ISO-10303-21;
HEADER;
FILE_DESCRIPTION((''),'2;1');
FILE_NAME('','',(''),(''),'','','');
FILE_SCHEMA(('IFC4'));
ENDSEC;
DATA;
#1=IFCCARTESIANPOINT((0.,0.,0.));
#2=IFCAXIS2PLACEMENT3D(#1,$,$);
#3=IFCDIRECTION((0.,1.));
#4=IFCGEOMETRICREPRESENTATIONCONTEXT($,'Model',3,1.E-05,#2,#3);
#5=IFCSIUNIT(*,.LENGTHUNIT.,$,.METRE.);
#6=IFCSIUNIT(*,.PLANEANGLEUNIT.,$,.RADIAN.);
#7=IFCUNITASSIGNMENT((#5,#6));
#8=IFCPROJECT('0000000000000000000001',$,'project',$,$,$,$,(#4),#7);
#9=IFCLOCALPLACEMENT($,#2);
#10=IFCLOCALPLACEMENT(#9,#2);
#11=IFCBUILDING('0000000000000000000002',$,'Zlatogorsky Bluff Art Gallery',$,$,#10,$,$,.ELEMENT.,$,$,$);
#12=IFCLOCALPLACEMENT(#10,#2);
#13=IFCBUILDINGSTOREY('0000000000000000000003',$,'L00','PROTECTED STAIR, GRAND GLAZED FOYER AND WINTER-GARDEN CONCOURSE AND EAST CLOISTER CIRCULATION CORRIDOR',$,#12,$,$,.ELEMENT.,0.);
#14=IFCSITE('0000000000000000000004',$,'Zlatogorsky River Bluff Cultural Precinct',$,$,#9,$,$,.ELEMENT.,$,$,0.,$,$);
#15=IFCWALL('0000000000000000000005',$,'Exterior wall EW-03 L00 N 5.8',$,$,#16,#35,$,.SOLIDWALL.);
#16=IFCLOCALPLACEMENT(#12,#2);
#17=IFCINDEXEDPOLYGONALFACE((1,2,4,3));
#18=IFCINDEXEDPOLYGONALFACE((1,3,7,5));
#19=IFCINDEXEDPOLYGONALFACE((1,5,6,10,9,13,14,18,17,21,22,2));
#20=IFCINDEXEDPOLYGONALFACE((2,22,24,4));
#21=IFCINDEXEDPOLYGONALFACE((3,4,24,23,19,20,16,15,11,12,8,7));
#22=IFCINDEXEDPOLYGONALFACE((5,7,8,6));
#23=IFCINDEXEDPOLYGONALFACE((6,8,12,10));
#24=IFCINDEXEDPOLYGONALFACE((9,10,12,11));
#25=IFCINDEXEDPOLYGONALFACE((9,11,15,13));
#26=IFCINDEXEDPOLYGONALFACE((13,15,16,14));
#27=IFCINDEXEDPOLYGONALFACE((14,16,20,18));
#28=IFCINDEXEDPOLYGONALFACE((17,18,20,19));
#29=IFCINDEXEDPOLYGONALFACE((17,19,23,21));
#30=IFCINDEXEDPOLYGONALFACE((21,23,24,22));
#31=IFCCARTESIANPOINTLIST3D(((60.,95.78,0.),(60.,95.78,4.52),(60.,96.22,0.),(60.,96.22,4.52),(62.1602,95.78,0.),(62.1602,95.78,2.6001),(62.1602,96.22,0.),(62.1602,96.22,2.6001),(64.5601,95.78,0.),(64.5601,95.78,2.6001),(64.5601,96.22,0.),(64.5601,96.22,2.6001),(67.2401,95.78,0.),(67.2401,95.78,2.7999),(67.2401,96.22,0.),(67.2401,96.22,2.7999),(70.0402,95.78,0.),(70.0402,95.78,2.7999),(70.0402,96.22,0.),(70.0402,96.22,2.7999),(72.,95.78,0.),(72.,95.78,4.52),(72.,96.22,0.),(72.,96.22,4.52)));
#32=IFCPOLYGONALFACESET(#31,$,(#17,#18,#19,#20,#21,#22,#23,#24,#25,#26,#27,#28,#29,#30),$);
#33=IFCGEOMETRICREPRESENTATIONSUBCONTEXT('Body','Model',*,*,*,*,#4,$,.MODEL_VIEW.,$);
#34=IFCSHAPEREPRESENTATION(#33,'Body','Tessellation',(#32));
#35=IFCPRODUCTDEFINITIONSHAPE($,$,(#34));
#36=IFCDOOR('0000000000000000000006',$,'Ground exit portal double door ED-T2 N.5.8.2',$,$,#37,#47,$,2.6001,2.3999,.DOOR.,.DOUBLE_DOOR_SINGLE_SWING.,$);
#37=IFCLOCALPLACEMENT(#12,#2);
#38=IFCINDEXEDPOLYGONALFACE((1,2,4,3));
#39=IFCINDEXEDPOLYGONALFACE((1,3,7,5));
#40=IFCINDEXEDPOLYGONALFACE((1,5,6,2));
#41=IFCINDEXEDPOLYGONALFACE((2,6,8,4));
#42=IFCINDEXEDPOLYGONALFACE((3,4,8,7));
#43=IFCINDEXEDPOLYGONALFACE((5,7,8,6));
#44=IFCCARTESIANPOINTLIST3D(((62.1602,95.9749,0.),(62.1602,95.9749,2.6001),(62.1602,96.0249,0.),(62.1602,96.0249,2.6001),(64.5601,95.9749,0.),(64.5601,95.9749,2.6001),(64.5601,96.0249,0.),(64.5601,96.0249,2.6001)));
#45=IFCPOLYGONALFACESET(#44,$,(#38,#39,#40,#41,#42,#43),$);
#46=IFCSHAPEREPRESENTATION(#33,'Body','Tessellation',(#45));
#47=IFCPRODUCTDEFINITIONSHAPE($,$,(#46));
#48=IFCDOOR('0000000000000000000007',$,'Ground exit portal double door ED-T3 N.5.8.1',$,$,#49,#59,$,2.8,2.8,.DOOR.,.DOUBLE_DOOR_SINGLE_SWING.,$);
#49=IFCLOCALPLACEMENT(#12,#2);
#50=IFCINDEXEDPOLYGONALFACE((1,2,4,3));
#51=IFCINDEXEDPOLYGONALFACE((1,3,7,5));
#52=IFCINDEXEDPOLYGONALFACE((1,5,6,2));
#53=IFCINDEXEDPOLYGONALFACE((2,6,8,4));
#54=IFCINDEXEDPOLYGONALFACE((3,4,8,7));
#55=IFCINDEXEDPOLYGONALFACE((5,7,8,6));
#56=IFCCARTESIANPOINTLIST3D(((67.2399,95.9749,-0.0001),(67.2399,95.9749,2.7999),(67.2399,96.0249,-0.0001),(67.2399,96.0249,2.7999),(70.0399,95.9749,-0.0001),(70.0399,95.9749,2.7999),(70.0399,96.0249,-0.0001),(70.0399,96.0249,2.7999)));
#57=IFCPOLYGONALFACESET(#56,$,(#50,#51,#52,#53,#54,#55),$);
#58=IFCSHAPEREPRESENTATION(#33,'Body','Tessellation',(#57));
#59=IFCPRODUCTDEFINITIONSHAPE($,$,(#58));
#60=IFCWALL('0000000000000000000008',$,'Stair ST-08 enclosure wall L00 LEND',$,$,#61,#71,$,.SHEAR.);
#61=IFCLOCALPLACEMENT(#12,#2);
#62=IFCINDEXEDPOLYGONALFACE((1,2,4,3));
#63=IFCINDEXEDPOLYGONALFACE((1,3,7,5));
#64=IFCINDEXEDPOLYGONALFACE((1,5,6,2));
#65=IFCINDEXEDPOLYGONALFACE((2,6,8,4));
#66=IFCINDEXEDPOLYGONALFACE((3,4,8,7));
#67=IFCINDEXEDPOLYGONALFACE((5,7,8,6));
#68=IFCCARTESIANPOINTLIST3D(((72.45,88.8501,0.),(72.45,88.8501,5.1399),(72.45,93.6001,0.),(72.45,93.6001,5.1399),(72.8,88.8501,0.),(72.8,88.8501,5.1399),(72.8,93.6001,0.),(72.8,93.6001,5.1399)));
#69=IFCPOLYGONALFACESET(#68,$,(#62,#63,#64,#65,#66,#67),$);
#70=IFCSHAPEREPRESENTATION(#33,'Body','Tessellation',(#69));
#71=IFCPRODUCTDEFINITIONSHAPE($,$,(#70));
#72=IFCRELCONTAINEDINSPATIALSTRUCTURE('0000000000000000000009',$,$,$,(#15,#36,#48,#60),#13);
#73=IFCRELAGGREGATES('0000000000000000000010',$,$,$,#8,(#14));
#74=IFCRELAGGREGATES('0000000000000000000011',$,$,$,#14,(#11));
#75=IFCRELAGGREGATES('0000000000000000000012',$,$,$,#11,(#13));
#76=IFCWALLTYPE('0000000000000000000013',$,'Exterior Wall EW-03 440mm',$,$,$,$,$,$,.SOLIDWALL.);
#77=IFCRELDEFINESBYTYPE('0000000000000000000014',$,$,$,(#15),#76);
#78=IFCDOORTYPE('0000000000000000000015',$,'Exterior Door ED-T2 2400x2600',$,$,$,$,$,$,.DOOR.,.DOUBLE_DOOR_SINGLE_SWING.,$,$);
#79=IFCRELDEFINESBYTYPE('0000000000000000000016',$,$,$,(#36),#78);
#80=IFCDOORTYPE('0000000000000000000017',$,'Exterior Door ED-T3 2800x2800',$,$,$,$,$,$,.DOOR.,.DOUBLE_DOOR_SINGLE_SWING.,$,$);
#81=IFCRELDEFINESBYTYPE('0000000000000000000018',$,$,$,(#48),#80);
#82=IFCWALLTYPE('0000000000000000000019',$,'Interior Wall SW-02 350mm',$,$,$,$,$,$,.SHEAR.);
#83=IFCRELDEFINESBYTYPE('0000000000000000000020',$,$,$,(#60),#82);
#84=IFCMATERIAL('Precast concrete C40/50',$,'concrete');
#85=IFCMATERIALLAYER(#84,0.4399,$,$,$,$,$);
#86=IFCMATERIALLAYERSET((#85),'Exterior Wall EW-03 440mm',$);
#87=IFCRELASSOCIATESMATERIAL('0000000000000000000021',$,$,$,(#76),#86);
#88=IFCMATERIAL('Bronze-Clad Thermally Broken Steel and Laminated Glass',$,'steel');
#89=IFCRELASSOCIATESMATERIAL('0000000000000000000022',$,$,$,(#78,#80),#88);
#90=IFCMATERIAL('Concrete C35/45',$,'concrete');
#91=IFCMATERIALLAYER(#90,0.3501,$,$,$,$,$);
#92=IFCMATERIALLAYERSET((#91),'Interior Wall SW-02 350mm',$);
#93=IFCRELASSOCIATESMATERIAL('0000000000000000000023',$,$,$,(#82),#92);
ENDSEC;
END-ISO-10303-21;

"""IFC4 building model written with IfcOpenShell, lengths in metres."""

from ifc_helpers import new_model, si_unit, direction, frame, frame_2d, origin, place, context, subcontext, project, spatial, rectangle, extrude, material, layer, layer_set, type_object, element, fill, save


model = new_model("IFC4")

# Units and contexts
model_context = context("Model", 3, precision=1e-05, world=origin(), true_north=direction((0.0, 1.0)))
body_context = subcontext(model_context, "Body", "Model", "MODEL_VIEW")
ifc_project = project(units=[si_unit("LENGTHUNIT", "METRE"), si_unit("PLANEANGLEUNIT", "RADIAN")], contexts=[model_context])

# Site, building, storey
site_placement = place(None, origin())
site = spatial("IfcSite", under=ifc_project, at=site_placement, Name="Zlatogorsky River Bluff Cultural Precinct", CompositionType="ELEMENT", RefElevation=0.0)
building_placement = place(site_placement, origin())
building = spatial("IfcBuilding", under=site, at=building_placement, Name="Zlatogorsky Bluff Art Gallery", CompositionType="ELEMENT")
storey_placement = place(building_placement, origin())
storey = spatial("IfcBuildingStorey", under=building, at=storey_placement, Name="L00", Description="PROTECTED STAIR, GRAND GLAZED FOYER AND WINTER-GARDEN CONCOURSE AND EAST CLOISTER CIRCULATION CORRIDOR", CompositionType="ELEMENT", Elevation=0.0)

# Wall, openings, doors
ifc_material_1 = material(Name="Precast concrete C40/50", Category="concrete")
ifc_layer_1 = layer(ifc_material_1, 0.4399)
ifc_layer_set_1 = layer_set([ifc_layer_1], Name="Exterior Wall EW-03 440mm")
wall_type_1 = type_object("IfcWallType", Name="Exterior Wall EW-03 440mm", PredefinedType="SOLIDWALL", material=ifc_layer_set_1)
wall_1_placement = place(storey_placement, frame((72.0, 96.0, 0.0), z_axis=(0.0, 0.0, 1.0), x_axis=(-1.0, 0.0, 0.0)))
wall_1 = element("IfcWall", 1, at=wall_1_placement, inside=storey, type_object=wall_type_1, Name="Exterior wall EW-03 L00 N 5.8", PredefinedType="SOLIDWALL", context=body_context, shape_type="SweptSolid", body=[
    extrude(rectangle(XDim=12.0, YDim=0.4399, at=frame_2d((6.0, 0.0))), origin(), (0.0, 0.0, 1.0), 4.52),
])
opening_1_placement = place(wall_1_placement, frame((1.96, 0.0, 0.0)))
opening_1 = element("IfcOpeningElement", 2, at=opening_1_placement, cuts=wall_1, PredefinedType="OPENING", context=body_context, shape_type="SweptSolid", body=[
    extrude(rectangle(XDim=2.8, YDim=2.8, at=frame_2d((1.3999, 1.3999))), frame((0.0, 0.23, 0.0), z_axis=(0.0, -1.0, 0.0), x_axis=(1.0, 0.0, 0.0)), (0.0, 0.0, 1.0), 0.46),
])
opening_2_placement = place(wall_1_placement, frame((7.4399, 0.0, 0.0)))
opening_2 = element("IfcOpeningElement", 3, at=opening_2_placement, cuts=wall_1, PredefinedType="OPENING", context=body_context, shape_type="SweptSolid", body=[
    extrude(rectangle(XDim=2.3999, YDim=2.6001, at=frame_2d((1.2, 1.3))), frame((0.0, 0.23, 0.0), z_axis=(0.0, -1.0, 0.0), x_axis=(1.0, 0.0, 0.0)), (0.0, 0.0, 1.0), 0.46),
])
ifc_material_2 = material(Name="Bronze-Clad Thermally Broken Steel and Laminated Glass", Category="steel")
door_type_1 = type_object("IfcDoorType", Name="Exterior Door ED-T2 2400x2600", OperationType="DOUBLE_DOOR_SINGLE_SWING", PredefinedType="DOOR", material=ifc_material_2)
door_1_placement = place(opening_2_placement, frame((2.3999, 0.0, 0.0), z_axis=(0.0, 0.0, 1.0), x_axis=(-1.0, 0.0, 0.0)))
door_1 = element("IfcDoor", 4, at=door_1_placement, inside=storey, type_object=door_type_1, Name="Ground exit portal double door ED-T2 N.5.8.2", OperationType="DOUBLE_DOOR_SINGLE_SWING", OverallHeight=2.6001, OverallWidth=2.3999, PredefinedType="DOOR", context=body_context, shape_type="SweptSolid", body=[
    extrude(rectangle(XDim=2.3999, YDim=2.6001, at=frame_2d((1.2, 1.3))), frame((0.0, 0.0249, 0.0), z_axis=(0.0, -1.0, 0.0), x_axis=(1.0, 0.0, 0.0)), (0.0, 0.0, 1.0), 0.05),
])
fill(opening_2, door_1)
door_type_2 = type_object("IfcDoorType", Name="Exterior Door ED-T3 2800x2800", OperationType="DOUBLE_DOOR_SINGLE_SWING", PredefinedType="DOOR", material=ifc_material_2)
door_2_placement = place(opening_1_placement, frame((2.8, 0.0, 0.0), z_axis=(0.0, 0.0, 1.0), x_axis=(-1.0, 0.0, 0.0)))
door_2 = element("IfcDoor", 5, at=door_2_placement, inside=storey, type_object=door_type_2, Name="Ground exit portal double door ED-T3 N.5.8.1", OperationType="DOUBLE_DOOR_SINGLE_SWING", OverallHeight=2.8, OverallWidth=2.8, PredefinedType="DOOR", context=body_context, shape_type="SweptSolid", body=[
    extrude(rectangle(XDim=2.8, YDim=2.8, at=frame_2d((1.3999, 1.3999))), frame((0.0, 0.0249, 0.0), z_axis=(0.0, -1.0, 0.0), x_axis=(1.0, 0.0, 0.0)), (0.0, 0.0, 1.0), 0.05),
])
fill(opening_1, door_2)

# Wall
ifc_material_3 = material(Name="Concrete C35/45", Category="concrete")
ifc_layer_2 = layer(ifc_material_3, 0.3501)
ifc_layer_set_2 = layer_set([ifc_layer_2], Name="Interior Wall SW-02 350mm")
wall_type_2 = type_object("IfcWallType", Name="Interior Wall SW-02 350mm", PredefinedType="SHEAR", material=ifc_layer_set_2)
wall_2_placement = place(storey_placement, frame((72.625, 93.6001, 0.0), z_axis=(0.0, 0.0, 1.0), x_axis=(0.0, -1.0, 0.0)))
element("IfcWall", 6, at=wall_2_placement, inside=storey, type_object=wall_type_2, Name="Stair ST-08 enclosure wall L00 LEND", PredefinedType="SHEAR", context=body_context, shape_type="SweptSolid", body=[
    extrude(rectangle(XDim=4.75, YDim=0.3501, at=frame_2d((2.375, 0.0))), origin(), (0.0, 0.0, 1.0), 5.1399),
])

save(model, "model.ifc")
